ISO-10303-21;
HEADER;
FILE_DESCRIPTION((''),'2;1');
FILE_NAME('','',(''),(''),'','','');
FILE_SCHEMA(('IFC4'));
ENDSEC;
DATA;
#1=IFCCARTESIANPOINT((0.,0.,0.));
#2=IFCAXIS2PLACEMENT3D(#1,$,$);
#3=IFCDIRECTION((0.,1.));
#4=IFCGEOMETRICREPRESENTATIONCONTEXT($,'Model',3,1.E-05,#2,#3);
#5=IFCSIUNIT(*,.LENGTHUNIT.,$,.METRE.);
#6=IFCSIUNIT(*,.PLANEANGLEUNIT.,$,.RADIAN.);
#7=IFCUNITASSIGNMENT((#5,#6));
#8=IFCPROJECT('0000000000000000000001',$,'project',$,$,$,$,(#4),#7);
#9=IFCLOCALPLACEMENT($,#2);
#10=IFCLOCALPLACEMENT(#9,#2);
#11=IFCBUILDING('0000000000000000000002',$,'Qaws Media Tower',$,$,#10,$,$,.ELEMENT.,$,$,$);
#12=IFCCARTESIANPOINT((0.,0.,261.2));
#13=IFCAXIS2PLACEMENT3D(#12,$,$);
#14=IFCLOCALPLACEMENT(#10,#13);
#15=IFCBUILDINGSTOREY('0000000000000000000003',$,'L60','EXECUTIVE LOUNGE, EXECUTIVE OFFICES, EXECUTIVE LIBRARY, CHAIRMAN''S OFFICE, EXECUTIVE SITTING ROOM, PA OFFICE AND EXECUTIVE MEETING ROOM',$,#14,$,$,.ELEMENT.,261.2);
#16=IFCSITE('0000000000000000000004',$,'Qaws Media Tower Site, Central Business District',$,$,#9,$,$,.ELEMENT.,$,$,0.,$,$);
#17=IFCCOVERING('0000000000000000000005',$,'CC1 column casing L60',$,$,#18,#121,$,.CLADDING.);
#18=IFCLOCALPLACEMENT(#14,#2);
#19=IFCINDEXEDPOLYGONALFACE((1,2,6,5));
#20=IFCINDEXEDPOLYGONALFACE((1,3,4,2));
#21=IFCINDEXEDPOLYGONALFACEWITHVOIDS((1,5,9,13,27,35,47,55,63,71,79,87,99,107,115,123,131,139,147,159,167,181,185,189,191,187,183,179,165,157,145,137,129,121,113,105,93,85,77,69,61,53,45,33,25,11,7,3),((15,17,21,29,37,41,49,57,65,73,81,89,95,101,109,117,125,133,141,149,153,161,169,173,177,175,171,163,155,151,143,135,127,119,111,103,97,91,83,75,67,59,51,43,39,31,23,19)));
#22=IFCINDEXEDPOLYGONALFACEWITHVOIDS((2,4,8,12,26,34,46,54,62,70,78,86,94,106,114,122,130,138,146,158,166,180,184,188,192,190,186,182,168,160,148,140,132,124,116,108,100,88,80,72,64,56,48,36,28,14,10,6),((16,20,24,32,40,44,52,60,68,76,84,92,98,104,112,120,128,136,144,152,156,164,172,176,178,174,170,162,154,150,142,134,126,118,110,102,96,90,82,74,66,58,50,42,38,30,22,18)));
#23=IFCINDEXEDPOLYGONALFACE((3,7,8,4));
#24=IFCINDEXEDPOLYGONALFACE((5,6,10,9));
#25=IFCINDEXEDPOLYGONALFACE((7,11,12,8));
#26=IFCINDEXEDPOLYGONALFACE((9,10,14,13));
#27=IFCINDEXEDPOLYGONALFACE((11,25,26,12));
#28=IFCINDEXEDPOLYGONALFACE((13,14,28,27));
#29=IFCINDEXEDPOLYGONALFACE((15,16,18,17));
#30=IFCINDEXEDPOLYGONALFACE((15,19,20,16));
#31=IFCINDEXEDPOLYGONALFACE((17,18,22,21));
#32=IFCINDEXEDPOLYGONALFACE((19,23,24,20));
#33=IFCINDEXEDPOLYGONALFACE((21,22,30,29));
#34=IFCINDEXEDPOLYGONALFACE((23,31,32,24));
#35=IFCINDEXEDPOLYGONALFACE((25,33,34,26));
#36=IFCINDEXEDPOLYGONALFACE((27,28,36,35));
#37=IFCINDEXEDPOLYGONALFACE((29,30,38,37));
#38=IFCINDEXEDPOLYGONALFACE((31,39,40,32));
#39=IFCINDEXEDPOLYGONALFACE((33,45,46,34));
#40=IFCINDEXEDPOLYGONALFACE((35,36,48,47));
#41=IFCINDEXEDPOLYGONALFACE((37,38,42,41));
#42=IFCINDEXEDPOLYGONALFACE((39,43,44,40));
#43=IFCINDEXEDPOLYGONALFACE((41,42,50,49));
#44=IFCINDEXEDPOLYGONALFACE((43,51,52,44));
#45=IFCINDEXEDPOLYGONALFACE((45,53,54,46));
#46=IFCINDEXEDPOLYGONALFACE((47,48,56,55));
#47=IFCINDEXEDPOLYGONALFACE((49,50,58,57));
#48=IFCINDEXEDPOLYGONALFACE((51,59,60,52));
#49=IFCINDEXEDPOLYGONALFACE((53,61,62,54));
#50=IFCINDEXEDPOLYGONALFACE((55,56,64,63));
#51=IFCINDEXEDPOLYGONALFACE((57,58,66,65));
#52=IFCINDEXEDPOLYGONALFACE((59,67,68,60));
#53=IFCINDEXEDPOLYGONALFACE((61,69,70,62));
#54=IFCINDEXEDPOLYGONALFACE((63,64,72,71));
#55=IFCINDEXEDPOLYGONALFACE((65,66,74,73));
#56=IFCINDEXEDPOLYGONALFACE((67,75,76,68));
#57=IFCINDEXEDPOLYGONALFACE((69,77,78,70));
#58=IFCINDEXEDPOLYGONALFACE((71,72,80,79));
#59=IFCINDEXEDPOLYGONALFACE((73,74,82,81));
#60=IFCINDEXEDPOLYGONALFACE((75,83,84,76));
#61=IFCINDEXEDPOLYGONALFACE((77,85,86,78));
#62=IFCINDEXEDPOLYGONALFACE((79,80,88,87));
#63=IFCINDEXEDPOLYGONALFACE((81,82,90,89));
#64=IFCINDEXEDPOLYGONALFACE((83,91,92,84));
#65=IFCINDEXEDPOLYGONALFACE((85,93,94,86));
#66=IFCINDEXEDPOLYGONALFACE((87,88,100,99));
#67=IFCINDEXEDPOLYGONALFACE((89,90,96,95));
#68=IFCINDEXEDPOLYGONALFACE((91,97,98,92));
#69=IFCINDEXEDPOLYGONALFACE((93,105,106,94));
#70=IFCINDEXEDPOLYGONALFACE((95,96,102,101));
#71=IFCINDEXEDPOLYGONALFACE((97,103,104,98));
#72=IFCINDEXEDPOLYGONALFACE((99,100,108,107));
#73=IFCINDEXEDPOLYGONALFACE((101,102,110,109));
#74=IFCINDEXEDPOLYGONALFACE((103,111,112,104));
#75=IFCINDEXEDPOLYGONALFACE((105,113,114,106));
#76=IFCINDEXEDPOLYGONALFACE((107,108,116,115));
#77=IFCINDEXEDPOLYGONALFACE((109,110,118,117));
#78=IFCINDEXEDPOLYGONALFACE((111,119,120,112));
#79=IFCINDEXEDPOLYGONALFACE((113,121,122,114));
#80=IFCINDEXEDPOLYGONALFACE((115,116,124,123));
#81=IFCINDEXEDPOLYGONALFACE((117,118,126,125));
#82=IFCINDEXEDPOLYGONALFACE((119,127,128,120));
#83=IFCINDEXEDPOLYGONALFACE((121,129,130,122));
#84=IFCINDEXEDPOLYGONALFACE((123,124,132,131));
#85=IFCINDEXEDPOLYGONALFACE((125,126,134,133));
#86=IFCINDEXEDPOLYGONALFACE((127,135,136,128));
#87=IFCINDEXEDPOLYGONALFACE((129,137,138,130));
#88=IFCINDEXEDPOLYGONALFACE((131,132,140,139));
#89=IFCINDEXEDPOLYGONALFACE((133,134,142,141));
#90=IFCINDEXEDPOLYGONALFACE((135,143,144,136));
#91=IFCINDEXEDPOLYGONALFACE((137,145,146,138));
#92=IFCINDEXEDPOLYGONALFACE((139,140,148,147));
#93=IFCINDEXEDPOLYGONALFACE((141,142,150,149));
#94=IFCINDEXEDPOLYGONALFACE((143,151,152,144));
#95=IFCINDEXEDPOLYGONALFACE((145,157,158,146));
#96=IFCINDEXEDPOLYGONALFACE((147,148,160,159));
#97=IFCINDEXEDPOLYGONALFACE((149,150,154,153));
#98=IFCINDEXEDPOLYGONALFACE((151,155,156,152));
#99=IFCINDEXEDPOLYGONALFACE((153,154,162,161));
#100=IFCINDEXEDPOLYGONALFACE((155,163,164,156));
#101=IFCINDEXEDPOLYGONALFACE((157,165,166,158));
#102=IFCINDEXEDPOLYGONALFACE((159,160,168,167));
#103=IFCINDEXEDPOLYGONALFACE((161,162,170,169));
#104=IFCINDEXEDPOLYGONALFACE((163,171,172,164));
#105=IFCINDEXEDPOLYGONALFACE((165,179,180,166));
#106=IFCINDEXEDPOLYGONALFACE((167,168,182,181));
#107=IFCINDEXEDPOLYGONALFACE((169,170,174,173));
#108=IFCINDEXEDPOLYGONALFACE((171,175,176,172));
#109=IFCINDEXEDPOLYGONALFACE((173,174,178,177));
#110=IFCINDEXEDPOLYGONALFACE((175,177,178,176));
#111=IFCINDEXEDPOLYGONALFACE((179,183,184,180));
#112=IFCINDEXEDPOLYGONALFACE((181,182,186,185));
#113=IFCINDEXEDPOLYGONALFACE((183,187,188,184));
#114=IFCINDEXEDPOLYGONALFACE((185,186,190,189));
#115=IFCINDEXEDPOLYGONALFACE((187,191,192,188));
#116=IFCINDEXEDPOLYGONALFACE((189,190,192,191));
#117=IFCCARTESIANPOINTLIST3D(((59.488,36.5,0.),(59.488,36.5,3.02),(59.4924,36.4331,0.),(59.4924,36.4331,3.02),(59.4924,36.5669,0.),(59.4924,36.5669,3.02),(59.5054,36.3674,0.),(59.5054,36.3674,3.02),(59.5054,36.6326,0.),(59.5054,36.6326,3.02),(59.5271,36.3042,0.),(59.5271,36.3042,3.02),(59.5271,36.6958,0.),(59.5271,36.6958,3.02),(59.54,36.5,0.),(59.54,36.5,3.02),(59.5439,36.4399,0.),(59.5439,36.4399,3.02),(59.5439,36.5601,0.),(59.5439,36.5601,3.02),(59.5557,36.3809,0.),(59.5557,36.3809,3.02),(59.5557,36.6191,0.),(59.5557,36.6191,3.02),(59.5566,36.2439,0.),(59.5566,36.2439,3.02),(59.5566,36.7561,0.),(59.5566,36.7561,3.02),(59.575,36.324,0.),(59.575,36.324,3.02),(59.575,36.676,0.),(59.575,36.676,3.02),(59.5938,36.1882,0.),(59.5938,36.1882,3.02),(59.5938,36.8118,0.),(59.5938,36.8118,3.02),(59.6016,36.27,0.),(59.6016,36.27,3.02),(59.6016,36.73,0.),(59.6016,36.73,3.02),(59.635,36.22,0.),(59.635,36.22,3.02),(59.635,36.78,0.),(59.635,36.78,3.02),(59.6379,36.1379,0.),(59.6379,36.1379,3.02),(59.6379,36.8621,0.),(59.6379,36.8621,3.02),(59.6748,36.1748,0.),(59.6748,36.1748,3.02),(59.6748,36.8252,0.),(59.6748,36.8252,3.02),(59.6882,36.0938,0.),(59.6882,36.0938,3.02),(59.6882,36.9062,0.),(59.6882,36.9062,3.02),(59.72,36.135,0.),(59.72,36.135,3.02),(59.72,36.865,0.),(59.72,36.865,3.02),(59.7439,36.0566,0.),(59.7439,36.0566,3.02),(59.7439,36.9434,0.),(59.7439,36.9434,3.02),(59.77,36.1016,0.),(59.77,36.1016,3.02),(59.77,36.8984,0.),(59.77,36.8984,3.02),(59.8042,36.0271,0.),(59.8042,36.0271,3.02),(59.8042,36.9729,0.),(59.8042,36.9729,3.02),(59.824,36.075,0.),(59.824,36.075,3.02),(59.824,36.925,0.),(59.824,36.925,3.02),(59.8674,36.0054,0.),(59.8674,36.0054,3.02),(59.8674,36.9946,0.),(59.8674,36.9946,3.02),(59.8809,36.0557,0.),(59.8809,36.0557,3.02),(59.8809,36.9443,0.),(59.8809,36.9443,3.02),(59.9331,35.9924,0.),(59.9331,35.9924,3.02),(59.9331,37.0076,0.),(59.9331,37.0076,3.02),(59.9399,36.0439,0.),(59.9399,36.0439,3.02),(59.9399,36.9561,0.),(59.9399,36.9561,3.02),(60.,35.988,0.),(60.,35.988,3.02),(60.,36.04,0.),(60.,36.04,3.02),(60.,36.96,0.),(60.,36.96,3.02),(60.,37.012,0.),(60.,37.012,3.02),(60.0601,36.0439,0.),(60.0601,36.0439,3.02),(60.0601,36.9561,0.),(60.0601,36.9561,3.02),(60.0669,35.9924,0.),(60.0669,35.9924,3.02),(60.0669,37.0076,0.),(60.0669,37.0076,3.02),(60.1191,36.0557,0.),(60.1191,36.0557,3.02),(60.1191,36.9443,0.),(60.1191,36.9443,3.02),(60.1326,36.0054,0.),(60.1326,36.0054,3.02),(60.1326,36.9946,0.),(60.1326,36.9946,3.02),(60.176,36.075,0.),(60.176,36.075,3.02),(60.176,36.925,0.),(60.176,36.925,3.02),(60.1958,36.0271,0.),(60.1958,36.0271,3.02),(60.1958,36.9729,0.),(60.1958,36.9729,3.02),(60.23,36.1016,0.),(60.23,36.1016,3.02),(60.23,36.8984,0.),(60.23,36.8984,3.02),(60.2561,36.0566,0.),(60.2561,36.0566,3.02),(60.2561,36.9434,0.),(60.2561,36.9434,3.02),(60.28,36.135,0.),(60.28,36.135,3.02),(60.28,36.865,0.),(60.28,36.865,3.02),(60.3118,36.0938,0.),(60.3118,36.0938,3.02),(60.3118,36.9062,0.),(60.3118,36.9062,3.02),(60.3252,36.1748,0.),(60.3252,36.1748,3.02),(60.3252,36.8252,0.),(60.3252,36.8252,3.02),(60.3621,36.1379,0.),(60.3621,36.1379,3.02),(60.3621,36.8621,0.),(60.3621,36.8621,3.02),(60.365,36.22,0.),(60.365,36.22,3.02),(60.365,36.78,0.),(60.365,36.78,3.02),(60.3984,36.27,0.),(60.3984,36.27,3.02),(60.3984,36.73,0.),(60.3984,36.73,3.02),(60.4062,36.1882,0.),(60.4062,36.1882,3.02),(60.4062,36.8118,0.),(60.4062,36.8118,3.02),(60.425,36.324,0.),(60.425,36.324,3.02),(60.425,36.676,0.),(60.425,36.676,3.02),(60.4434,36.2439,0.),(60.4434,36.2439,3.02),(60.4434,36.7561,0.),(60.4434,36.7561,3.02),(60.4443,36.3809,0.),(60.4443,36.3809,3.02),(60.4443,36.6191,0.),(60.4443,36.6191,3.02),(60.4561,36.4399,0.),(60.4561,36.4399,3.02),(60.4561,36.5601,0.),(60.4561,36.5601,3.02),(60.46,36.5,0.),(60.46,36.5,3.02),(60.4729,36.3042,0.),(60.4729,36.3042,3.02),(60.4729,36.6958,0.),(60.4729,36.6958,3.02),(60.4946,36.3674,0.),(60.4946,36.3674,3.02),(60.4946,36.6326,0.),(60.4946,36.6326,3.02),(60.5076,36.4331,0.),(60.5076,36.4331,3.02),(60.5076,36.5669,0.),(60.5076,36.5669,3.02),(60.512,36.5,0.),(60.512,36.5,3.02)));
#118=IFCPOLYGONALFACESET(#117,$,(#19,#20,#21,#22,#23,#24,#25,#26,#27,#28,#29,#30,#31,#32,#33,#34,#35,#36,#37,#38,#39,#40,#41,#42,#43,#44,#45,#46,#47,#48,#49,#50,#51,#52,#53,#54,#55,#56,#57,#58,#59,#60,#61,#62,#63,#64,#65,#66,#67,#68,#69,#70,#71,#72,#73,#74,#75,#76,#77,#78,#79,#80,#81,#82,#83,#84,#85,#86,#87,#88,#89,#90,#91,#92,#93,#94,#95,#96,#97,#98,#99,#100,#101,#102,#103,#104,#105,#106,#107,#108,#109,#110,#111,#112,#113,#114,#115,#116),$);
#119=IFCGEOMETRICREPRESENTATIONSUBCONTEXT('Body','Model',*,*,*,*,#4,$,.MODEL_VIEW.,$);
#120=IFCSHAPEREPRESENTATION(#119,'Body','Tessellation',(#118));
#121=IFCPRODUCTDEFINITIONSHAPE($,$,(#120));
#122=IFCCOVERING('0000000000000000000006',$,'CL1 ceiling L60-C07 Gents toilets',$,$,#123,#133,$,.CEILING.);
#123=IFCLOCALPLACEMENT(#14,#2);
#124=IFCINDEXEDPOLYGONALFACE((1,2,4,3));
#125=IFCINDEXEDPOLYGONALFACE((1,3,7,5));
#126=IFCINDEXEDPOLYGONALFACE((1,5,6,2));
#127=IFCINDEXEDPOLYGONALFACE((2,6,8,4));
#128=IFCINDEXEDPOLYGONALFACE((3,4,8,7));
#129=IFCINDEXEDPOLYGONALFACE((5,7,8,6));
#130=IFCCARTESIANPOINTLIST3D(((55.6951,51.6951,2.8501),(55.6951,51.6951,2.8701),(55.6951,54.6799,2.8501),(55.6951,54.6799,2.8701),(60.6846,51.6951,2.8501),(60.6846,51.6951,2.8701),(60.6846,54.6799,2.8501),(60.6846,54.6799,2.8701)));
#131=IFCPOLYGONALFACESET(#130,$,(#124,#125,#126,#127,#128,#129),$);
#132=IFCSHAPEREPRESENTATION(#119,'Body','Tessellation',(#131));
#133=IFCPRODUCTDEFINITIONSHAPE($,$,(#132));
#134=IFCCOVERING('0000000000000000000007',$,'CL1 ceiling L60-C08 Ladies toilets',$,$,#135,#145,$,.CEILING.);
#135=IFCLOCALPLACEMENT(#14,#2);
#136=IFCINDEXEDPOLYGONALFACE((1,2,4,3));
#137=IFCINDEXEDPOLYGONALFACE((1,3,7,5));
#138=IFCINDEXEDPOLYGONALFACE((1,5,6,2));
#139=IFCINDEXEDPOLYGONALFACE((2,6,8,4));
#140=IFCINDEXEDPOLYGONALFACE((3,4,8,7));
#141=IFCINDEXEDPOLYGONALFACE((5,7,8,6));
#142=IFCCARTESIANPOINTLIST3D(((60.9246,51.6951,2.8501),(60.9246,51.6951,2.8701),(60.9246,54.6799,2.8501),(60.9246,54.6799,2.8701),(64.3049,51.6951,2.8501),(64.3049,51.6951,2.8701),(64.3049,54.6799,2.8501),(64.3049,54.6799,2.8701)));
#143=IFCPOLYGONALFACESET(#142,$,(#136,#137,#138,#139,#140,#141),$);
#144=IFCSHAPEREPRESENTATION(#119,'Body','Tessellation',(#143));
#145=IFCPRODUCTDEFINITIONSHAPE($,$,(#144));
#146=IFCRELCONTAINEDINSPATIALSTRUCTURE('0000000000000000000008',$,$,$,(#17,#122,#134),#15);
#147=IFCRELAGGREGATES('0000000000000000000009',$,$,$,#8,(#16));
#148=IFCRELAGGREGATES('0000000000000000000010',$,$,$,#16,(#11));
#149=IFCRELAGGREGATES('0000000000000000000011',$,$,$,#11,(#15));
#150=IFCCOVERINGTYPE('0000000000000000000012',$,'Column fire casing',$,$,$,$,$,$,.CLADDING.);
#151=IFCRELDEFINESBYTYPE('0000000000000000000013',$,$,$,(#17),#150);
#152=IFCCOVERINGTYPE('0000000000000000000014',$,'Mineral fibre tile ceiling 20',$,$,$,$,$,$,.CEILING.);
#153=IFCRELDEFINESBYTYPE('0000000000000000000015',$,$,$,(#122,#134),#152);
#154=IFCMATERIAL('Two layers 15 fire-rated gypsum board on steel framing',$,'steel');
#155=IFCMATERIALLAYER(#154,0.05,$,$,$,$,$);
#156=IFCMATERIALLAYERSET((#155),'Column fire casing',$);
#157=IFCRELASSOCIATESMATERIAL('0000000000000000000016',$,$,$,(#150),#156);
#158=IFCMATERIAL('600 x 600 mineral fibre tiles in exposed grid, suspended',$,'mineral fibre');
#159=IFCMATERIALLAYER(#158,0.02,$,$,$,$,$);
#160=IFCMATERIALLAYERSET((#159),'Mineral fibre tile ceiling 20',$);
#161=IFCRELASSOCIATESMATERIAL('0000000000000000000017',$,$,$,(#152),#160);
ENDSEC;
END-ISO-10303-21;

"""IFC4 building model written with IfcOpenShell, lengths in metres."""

from ifc_helpers import new_model, si_unit, direction, frame, origin, place, context, subcontext, project, spatial, polyline, outline, extrude, material, layer, layer_set, type_object, element, save


model = new_model("IFC4")

# Units and contexts
model_context = context("Model", 3, precision=1e-05, world=origin(), true_north=direction((0.0, 1.0)))
body_context = subcontext(model_context, "Body", "Model", "MODEL_VIEW")
ifc_project = project(units=[si_unit("LENGTHUNIT", "METRE"), si_unit("PLANEANGLEUNIT", "RADIAN")], contexts=[model_context])

# Site, building, storey
site_placement = place(None, origin())
site = spatial("IfcSite", under=ifc_project, at=site_placement, Name="Qaws Media Tower Site, Central Business District", CompositionType="ELEMENT", RefElevation=0.0)
building_placement = place(site_placement, origin())
building = spatial("IfcBuilding", under=site, at=building_placement, Name="Qaws Media Tower", CompositionType="ELEMENT")
storey_placement = place(building_placement, frame((0.0, 0.0, 261.2)))
storey = spatial("IfcBuildingStorey", under=building, at=storey_placement, Name="L60", Description="EXECUTIVE LOUNGE, EXECUTIVE OFFICES, EXECUTIVE LIBRARY, CHAIRMAN'S OFFICE, EXECUTIVE SITTING ROOM, PA OFFICE AND EXECUTIVE MEETING ROOM", CompositionType="ELEMENT", Elevation=261.2)

# Coverings
ifc_material_1 = material(Name="Two layers 15 fire-rated gypsum board on steel framing", Category="steel")
ifc_layer_1 = layer(ifc_material_1, 0.05)
ifc_layer_set_1 = layer_set([ifc_layer_1], Name="Column fire casing")
covering_type_1 = type_object("IfcCoveringType", Name="Column fire casing", PredefinedType="CLADDING", material=ifc_layer_set_1)
covering_1_placement = place(storey_placement, origin())
element("IfcCovering", 1, at=covering_1_placement, inside=storey, type_object=covering_type_1, Name="CC1 column casing L60", PredefinedType="CLADDING", context=body_context, shape_type="SweptSolid", body=[
    extrude(outline(polyline([(60.512, 36.5), (60.5076, 36.4331), (60.4946, 36.3674), (60.4729, 36.3042), (60.4434, 36.2439), (60.4062, 36.1882), (60.3621, 36.1379), (60.3118, 36.0938), (60.2561, 36.0566), (60.1958, 36.0271), (60.1326, 36.0054), (60.0669, 35.9924), (60.0, 35.988), (59.9331, 35.9924), (59.8674, 36.0054), (59.8042, 36.0271), (59.7439, 36.0566), (59.6882, 36.0938), (59.6379, 36.1379), (59.5938, 36.1882), (59.5566, 36.2439), (59.5271, 36.3042), (59.5054, 36.3674), (59.4924, 36.4331), (59.488, 36.5), (59.4924, 36.5669), (59.5054, 36.6326), (59.5271, 36.6958), (59.5566, 36.7561), (59.5938, 36.8118), (59.6379, 36.8621), (59.6882, 36.9062), (59.7439, 36.9434), (59.8042, 36.9729), (59.8674, 36.9946), (59.9331, 37.0076), (60.0, 37.012), (60.0669, 37.0076), (60.1326, 36.9946), (60.1958, 36.9729), (60.2561, 36.9434), (60.3118, 36.9062), (60.3621, 36.8621), (60.4062, 36.8118), (60.4434, 36.7561), (60.4729, 36.6958), (60.4946, 36.6326), (60.5076, 36.5669), (60.512, 36.5)]), holes=[polyline([(60.46, 36.5), (60.4561, 36.4399), (60.4443, 36.3809), (60.425, 36.324), (60.3984, 36.27), (60.365, 36.22), (60.3252, 36.1748), (60.28, 36.135), (60.23, 36.1016), (60.176, 36.075), (60.1191, 36.0557), (60.0601, 36.0439), (60.0, 36.04), (59.9399, 36.0439), (59.8809, 36.0557), (59.824, 36.075), (59.77, 36.1016), (59.72, 36.135), (59.6748, 36.1748), (59.635, 36.22), (59.6016, 36.27), (59.575, 36.324), (59.5557, 36.3809), (59.5439, 36.4399), (59.54, 36.5), (59.5439, 36.5601), (59.5557, 36.6191), (59.575, 36.676), (59.6016, 36.73), (59.635, 36.78), (59.6748, 36.8252), (59.72, 36.865), (59.77, 36.8984), (59.824, 36.925), (59.8809, 36.9443), (59.9399, 36.9561), (60.0, 36.96), (60.0601, 36.9561), (60.1191, 36.9443), (60.176, 36.925), (60.23, 36.8984), (60.28, 36.865), (60.3252, 36.8252), (60.365, 36.78), (60.3984, 36.73), (60.425, 36.676), (60.4443, 36.6191), (60.4561, 36.5601), (60.46, 36.5)])]), origin(), (0.0, 0.0, 1.0), 3.02),
])
ifc_material_2 = material(Name="600 x 600 mineral fibre tiles in exposed grid, suspended", Category="mineral fibre")
ifc_layer_2 = layer(ifc_material_2, 0.02)
ifc_layer_set_2 = layer_set([ifc_layer_2], Name="Mineral fibre tile ceiling 20")
covering_type_2 = type_object("IfcCoveringType", Name="Mineral fibre tile ceiling 20", PredefinedType="CEILING", material=ifc_layer_set_2)
covering_2_placement = place(storey_placement, frame((0.0, 0.0, 2.8501)))
element("IfcCovering", 2, at=covering_2_placement, inside=storey, type_object=covering_type_2, Name="CL1 ceiling L60-C07 Gents toilets", PredefinedType="CEILING", context=body_context, shape_type="SweptSolid", body=[
    extrude(outline(polyline([(55.6951, 51.6951), (55.6951, 54.6799), (60.6846, 54.6799), (60.6846, 51.6951), (55.6951, 51.6951)])), origin(), (0.0, 0.0, 1.0), 0.02),
])
covering_3_placement = place(storey_placement, frame((0.0, 0.0, 2.8501)))
element("IfcCovering", 3, at=covering_3_placement, inside=storey, type_object=covering_type_2, Name="CL1 ceiling L60-C08 Ladies toilets", PredefinedType="CEILING", context=body_context, shape_type="SweptSolid", body=[
    extrude(outline(polyline([(60.9246, 51.6951), (60.9246, 54.6799), (64.3049, 54.6799), (64.3049, 51.6951), (60.9246, 51.6951)])), origin(), (0.0, 0.0, 1.0), 0.02),
])

save(model, "model.ifc")
